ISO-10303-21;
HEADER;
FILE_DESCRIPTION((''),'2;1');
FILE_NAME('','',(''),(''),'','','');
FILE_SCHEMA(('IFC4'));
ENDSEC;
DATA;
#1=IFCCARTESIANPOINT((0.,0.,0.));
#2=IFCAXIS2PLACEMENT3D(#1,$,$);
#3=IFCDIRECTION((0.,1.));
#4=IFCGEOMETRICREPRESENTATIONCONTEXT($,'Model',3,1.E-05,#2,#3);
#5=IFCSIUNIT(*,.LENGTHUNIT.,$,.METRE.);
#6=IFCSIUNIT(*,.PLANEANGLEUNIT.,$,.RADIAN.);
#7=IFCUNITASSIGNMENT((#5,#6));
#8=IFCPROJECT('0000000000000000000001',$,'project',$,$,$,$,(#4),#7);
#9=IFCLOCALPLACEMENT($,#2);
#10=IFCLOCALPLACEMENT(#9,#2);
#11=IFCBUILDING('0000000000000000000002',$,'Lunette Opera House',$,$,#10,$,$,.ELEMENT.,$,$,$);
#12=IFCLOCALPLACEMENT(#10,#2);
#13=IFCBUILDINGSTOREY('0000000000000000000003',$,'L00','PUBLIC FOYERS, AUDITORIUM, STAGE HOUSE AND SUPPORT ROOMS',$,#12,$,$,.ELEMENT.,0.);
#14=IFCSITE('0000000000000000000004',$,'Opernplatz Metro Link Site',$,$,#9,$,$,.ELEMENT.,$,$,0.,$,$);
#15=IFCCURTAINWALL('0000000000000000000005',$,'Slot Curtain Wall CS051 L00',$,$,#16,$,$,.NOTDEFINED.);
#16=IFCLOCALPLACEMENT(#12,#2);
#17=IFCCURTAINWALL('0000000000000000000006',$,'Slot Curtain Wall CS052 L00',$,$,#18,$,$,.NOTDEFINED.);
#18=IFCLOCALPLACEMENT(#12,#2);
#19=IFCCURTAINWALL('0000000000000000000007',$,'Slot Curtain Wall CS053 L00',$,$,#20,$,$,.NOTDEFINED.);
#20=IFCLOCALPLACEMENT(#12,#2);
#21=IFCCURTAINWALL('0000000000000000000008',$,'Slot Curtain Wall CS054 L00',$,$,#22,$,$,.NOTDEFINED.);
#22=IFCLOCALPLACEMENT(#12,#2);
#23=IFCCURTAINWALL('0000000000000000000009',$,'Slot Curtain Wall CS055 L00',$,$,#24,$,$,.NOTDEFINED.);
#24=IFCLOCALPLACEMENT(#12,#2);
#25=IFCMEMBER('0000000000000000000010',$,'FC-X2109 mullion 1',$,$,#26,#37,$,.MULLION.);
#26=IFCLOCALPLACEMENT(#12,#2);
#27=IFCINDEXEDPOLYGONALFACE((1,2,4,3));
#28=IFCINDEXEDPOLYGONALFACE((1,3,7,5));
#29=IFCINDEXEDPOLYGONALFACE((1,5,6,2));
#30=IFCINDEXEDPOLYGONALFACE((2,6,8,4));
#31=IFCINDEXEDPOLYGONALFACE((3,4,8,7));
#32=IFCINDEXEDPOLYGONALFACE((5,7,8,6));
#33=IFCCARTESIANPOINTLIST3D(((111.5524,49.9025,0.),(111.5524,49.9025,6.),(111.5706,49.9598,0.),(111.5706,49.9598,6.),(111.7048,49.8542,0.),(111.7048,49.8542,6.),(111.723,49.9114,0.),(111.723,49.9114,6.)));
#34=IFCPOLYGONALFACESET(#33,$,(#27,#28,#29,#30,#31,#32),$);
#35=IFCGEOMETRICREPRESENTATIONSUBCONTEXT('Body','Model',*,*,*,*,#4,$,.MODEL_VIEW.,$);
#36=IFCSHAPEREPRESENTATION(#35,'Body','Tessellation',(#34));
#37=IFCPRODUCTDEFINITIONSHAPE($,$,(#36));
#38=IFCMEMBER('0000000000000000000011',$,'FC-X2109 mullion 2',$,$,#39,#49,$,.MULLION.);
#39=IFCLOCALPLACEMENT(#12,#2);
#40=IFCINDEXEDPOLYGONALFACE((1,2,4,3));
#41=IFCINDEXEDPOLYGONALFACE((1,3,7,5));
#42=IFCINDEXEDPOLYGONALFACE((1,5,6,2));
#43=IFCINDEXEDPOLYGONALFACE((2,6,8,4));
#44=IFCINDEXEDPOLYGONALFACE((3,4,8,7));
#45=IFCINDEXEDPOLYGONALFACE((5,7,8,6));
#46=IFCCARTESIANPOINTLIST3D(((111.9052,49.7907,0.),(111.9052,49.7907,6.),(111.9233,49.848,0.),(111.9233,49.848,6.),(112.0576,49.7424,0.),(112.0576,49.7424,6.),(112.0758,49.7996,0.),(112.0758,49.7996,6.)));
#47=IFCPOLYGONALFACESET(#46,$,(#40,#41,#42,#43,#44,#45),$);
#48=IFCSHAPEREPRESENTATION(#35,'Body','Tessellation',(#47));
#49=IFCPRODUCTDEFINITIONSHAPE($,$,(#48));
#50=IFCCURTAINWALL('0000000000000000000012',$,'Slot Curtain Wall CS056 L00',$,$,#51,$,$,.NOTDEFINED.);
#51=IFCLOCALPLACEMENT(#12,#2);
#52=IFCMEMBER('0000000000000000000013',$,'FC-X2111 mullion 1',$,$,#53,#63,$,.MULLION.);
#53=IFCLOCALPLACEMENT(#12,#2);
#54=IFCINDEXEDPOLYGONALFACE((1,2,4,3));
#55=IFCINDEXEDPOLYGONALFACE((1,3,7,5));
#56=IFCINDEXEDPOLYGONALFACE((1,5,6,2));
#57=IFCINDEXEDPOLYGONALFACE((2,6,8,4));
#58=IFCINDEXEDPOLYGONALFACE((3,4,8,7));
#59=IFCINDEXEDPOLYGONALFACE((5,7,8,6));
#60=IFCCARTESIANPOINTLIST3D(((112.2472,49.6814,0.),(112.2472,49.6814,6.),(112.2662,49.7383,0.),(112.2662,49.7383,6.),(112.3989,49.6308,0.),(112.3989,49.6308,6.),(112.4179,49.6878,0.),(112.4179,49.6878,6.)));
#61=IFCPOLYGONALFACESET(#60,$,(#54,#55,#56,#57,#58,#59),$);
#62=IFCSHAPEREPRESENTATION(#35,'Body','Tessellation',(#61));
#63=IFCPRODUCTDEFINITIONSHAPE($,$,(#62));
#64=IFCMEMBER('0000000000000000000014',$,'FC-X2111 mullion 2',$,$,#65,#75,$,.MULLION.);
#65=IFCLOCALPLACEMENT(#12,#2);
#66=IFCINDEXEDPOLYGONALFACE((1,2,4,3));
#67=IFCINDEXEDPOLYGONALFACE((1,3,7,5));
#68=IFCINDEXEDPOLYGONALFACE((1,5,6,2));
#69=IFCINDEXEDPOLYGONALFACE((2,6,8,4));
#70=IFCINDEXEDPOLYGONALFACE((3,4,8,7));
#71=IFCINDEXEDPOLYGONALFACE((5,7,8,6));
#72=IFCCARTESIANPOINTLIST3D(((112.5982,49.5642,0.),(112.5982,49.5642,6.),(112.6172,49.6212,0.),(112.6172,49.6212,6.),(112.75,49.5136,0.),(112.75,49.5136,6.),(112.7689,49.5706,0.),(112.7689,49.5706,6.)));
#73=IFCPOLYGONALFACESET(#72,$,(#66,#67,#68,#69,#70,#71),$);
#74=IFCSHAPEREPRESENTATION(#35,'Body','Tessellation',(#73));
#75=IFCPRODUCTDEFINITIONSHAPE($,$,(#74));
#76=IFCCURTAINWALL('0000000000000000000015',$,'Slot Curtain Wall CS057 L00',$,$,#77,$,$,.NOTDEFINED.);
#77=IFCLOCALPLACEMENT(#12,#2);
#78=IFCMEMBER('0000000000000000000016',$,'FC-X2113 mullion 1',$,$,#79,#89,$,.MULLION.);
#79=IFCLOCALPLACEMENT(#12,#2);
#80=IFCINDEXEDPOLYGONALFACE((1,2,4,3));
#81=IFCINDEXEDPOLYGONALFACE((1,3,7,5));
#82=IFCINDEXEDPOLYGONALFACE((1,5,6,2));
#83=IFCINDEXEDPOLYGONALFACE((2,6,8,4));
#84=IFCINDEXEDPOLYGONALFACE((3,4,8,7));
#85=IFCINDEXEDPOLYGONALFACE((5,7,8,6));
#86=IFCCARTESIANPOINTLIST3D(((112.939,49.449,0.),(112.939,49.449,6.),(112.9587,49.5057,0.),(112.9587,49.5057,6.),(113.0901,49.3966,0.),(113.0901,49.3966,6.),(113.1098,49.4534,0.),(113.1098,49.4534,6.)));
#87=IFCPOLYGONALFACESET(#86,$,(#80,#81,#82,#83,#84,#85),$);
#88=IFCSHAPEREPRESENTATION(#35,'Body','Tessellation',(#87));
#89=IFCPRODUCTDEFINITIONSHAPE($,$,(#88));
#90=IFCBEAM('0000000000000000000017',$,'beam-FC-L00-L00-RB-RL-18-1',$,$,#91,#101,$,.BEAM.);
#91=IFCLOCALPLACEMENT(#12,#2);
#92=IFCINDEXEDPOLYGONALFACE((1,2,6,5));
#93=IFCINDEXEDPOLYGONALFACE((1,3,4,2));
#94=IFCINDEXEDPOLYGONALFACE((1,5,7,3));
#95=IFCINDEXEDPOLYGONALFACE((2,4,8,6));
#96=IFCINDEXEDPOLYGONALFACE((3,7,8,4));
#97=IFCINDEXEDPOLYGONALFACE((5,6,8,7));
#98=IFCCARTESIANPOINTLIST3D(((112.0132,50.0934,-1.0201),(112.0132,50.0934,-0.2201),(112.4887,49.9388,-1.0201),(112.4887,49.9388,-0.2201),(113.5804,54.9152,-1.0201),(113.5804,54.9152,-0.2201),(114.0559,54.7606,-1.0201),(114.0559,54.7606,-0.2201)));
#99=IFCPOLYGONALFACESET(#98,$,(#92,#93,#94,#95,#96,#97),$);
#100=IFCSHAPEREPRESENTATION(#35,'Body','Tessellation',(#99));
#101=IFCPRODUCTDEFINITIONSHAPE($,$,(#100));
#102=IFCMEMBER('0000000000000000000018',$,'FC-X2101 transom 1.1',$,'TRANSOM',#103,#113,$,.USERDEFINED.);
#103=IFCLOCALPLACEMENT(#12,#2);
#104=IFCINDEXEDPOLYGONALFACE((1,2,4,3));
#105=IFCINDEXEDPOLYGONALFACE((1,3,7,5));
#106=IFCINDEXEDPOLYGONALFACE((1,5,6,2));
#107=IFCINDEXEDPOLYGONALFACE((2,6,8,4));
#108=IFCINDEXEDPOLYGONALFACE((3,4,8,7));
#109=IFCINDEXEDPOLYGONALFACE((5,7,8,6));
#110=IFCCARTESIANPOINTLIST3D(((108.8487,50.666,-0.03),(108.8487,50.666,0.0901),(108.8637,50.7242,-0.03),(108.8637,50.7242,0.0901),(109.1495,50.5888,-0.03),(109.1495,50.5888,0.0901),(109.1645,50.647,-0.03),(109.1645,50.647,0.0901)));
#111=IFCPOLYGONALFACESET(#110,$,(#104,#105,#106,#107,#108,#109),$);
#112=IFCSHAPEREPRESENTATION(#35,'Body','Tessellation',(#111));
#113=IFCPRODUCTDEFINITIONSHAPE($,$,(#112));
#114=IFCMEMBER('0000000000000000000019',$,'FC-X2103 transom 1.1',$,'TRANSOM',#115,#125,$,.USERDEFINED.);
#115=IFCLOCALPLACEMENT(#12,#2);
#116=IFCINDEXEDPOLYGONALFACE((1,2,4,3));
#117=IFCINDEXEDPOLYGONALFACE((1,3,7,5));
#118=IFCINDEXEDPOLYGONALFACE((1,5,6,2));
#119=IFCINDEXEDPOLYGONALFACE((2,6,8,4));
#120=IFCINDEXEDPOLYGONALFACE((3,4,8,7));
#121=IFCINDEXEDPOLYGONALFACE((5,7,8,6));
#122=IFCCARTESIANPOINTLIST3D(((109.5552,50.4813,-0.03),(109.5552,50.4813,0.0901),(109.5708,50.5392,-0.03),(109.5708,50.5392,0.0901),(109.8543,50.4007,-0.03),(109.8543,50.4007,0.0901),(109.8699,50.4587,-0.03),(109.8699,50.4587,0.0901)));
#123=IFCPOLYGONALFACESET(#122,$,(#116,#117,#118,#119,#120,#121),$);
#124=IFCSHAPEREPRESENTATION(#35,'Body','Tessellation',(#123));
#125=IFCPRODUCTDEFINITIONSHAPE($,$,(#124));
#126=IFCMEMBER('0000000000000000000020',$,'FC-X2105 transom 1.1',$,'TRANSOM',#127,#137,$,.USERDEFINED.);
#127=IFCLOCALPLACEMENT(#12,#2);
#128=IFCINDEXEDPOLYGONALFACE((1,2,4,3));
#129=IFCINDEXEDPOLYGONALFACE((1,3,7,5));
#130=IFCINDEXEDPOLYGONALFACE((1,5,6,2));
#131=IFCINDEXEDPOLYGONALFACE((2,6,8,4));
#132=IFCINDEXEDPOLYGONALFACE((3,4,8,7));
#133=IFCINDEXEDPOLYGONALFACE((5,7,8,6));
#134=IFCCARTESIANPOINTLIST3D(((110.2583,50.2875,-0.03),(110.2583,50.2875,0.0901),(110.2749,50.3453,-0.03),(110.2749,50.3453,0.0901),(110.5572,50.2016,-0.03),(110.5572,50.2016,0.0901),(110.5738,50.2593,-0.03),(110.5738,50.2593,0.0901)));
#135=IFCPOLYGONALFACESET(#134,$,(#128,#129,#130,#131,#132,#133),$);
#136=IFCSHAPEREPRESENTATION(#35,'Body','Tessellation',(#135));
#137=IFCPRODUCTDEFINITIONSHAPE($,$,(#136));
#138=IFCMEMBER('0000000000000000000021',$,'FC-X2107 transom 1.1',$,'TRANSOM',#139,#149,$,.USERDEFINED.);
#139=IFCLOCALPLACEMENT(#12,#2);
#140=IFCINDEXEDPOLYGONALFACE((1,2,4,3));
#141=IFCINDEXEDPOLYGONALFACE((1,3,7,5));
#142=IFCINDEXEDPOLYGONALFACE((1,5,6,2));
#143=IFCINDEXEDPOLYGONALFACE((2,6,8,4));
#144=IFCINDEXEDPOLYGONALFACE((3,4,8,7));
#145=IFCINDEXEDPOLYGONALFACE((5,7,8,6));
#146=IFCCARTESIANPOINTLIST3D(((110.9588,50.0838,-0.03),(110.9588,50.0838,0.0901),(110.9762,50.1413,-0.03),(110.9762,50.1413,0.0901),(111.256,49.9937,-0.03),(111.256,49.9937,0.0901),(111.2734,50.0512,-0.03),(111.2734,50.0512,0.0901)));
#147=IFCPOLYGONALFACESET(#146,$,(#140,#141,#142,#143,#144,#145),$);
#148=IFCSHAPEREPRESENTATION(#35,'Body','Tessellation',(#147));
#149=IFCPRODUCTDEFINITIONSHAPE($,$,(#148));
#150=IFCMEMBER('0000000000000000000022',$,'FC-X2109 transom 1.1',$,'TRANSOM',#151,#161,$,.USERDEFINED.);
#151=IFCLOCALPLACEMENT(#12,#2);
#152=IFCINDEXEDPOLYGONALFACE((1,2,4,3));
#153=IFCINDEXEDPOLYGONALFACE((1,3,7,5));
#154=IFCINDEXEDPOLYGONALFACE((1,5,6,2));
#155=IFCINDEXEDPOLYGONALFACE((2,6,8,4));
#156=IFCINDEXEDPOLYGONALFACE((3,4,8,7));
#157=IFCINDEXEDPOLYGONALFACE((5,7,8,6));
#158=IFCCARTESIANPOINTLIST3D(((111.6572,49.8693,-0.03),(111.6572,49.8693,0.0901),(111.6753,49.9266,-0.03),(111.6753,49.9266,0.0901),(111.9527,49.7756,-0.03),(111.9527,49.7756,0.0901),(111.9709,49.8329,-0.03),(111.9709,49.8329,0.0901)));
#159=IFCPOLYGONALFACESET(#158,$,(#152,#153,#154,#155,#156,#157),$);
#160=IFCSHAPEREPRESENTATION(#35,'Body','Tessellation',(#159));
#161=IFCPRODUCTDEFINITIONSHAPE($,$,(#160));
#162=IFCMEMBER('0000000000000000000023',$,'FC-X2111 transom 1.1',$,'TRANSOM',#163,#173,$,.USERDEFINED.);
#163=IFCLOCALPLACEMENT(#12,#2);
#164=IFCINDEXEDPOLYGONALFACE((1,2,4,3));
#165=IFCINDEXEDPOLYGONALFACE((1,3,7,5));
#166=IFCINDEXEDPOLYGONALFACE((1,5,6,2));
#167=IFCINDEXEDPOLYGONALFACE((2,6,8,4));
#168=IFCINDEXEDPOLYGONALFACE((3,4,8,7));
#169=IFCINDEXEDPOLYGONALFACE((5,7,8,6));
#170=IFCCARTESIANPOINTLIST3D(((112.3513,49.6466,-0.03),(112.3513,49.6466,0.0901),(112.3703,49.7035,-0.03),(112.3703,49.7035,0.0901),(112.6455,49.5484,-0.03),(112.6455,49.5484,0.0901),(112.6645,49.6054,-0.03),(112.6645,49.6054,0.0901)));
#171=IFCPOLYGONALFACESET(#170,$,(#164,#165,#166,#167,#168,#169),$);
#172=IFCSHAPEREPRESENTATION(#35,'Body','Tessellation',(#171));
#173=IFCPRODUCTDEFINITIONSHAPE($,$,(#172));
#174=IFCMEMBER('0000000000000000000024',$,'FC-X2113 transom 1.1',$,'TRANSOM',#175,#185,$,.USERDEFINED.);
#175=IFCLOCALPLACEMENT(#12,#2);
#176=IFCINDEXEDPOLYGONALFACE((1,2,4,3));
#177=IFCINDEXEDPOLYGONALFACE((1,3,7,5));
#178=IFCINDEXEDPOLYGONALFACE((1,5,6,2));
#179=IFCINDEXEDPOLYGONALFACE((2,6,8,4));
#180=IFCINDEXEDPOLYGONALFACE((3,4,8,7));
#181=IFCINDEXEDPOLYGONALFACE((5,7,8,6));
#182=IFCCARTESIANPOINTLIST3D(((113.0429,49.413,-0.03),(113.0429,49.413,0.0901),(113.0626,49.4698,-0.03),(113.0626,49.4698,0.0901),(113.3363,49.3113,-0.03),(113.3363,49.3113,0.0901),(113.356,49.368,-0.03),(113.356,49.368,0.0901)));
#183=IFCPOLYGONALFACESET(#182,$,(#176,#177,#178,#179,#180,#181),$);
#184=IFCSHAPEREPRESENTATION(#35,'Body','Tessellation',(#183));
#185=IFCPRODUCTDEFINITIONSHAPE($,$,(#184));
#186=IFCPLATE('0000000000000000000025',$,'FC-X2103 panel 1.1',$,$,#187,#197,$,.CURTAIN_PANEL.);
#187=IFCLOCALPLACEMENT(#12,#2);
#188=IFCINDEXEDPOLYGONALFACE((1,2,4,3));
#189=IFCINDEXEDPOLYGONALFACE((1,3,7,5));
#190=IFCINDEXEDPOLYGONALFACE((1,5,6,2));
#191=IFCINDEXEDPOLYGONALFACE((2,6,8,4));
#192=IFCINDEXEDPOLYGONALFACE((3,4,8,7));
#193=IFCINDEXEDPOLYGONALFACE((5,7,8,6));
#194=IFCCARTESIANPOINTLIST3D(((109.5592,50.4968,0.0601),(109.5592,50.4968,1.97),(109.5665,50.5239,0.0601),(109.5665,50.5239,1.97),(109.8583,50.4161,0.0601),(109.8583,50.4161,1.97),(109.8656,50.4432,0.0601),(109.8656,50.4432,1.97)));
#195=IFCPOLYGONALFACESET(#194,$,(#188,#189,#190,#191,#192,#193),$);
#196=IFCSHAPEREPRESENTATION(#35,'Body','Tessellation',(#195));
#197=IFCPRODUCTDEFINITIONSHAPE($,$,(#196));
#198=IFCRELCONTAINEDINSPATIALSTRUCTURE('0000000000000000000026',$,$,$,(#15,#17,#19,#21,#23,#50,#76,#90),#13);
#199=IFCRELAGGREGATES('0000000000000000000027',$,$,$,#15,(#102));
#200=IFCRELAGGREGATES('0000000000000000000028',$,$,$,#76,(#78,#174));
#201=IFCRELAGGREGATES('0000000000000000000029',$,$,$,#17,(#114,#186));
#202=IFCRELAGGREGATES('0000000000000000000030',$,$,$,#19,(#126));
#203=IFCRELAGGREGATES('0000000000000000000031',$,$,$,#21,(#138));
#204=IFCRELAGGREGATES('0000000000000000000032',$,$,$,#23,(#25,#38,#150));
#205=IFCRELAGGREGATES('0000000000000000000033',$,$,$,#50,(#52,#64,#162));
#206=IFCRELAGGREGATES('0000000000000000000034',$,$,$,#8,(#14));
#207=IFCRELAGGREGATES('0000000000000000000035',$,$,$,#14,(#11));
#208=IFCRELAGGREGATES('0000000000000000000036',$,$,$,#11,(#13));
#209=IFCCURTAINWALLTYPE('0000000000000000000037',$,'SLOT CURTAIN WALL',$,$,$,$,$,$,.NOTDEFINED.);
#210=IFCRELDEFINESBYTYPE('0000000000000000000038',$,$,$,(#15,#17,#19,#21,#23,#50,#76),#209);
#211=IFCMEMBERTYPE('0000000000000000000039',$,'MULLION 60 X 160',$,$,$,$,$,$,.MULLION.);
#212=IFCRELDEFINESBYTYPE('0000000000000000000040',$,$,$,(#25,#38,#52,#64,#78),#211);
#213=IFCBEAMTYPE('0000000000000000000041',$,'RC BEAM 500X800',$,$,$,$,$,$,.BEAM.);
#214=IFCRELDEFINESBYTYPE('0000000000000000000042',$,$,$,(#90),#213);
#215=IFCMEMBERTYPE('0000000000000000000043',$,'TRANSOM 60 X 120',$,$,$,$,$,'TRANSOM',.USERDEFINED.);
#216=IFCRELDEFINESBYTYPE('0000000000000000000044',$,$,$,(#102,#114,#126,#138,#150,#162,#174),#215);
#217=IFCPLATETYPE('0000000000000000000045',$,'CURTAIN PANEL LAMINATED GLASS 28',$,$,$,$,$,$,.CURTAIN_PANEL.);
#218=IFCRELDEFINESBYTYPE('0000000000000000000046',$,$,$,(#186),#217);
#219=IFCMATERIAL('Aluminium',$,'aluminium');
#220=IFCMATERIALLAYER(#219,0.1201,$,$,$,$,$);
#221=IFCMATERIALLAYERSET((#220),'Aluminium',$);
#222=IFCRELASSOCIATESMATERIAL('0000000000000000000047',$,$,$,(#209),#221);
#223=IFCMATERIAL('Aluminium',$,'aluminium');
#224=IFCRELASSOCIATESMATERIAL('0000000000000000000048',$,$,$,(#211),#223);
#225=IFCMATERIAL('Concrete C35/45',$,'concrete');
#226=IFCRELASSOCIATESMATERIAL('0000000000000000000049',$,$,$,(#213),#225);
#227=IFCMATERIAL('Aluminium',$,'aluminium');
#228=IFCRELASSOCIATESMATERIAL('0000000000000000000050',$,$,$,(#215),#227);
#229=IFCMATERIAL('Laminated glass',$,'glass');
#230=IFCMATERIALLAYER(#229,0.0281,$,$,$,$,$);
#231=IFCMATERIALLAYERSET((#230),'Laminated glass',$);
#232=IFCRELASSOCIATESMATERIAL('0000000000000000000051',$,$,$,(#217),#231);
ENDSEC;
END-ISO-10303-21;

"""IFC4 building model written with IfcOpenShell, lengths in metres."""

from ifc_helpers import new_model, si_unit, direction, frame, origin, origin_2d, place, context, subcontext, project, spatial, rectangle, extrude, material, layer, layer_set, material_profile, profile_set, type_object, element, aggregate, save


model = new_model("IFC4")

# Units and contexts
model_context = context("Model", 3, precision=1e-05, world=origin(), true_north=direction((0.0, 1.0)))
body_context = subcontext(model_context, "Body", "Model", "MODEL_VIEW")
ifc_project = project(units=[si_unit("LENGTHUNIT", "METRE"), si_unit("PLANEANGLEUNIT", "RADIAN")], contexts=[model_context])

# Site, building, storey
site_placement = place(None, origin())
site = spatial("IfcSite", under=ifc_project, at=site_placement, Name="Opernplatz Metro Link Site", CompositionType="ELEMENT", RefElevation=0.0)
building_placement = place(site_placement, origin())
building = spatial("IfcBuilding", under=site, at=building_placement, Name="Lunette Opera House", CompositionType="ELEMENT")
storey_placement = place(building_placement, origin())
storey = spatial("IfcBuildingStorey", under=building, at=storey_placement, Name="L00", Description="PUBLIC FOYERS, AUDITORIUM, STAGE HOUSE AND SUPPORT ROOMS", CompositionType="ELEMENT", Elevation=0.0)

# Shared definitions
ifc_material_1 = material(Name="Aluminium", Category="aluminium")
ifc_layer_1 = layer(ifc_material_1, 0.1201)
ifc_layer_set_1 = layer_set([ifc_layer_1], Name="Aluminium")
curtain_wall_type = type_object("IfcCurtainWallType", Name="SLOT CURTAIN WALL", PredefinedType="NOTDEFINED", material=ifc_layer_set_1)
ifc_material_2 = material(Name="Aluminium", Category="aluminium")
ifc_material_profile_1 = material_profile(ifc_material_2, rectangle(XDim=0.0601, YDim=0.1599, at=origin_2d()), Name="MULLION 60 X 160")
ifc_profile_set_1 = profile_set([ifc_material_profile_1], Name="Aluminium")
member_type_1 = type_object("IfcMemberType", Name="MULLION 60 X 160", PredefinedType="MULLION", material=ifc_profile_set_1)

# Curtain walls, members
curtain_wall_1_placement = place(storey_placement, origin())
curtain_wall_1 = element("IfcCurtainWall", 1, at=curtain_wall_1_placement, inside=storey, type_object=curtain_wall_type, Name="Slot Curtain Wall CS051 L00", PredefinedType="NOTDEFINED")
curtain_wall_2_placement = place(storey_placement, origin())
curtain_wall_2 = element("IfcCurtainWall", 2, at=curtain_wall_2_placement, inside=storey, type_object=curtain_wall_type, Name="Slot Curtain Wall CS052 L00", PredefinedType="NOTDEFINED")
curtain_wall_3_placement = place(storey_placement, origin())
curtain_wall_3 = element("IfcCurtainWall", 3, at=curtain_wall_3_placement, inside=storey, type_object=curtain_wall_type, Name="Slot Curtain Wall CS053 L00", PredefinedType="NOTDEFINED")
curtain_wall_4_placement = place(storey_placement, origin())
curtain_wall_4 = element("IfcCurtainWall", 4, at=curtain_wall_4_placement, inside=storey, type_object=curtain_wall_type, Name="Slot Curtain Wall CS054 L00", PredefinedType="NOTDEFINED")
curtain_wall_5_placement = place(storey_placement, origin())
curtain_wall_5 = element("IfcCurtainWall", 5, at=curtain_wall_5_placement, inside=storey, type_object=curtain_wall_type, Name="Slot Curtain Wall CS055 L00", PredefinedType="NOTDEFINED")
member_1_placement = place(storey_placement, frame((111.6377, 49.907, 0.0), z_axis=(0.0, 0.0, 1.0), x_axis=(0.302244, 0.953231, 0.0)))
member_1 = element("IfcMember", 6, at=member_1_placement, type_object=member_type_1, Name="FC-X2109 mullion 1", PredefinedType="MULLION", context=body_context, shape_type="SweptSolid", body=[
    extrude(rectangle(XDim=0.0601, YDim=0.1599, at=origin_2d()), origin(), (0.0, 0.0, 1.0), 6.0),
])
member_2_placement = place(storey_placement, frame((111.9905, 49.7952, 0.0), z_axis=(0.0, 0.0, 1.0), x_axis=(0.302244, 0.953231, 0.0)))
member_2 = element("IfcMember", 7, at=member_2_placement, type_object=member_type_1, Name="FC-X2109 mullion 2", PredefinedType="MULLION", context=body_context, shape_type="SweptSolid", body=[
    extrude(rectangle(XDim=0.0601, YDim=0.1599, at=origin_2d()), origin(), (0.0, 0.0, 1.0), 6.0),
])
curtain_wall_6_placement = place(storey_placement, origin())
curtain_wall_6 = element("IfcCurtainWall", 8, at=curtain_wall_6_placement, inside=storey, type_object=curtain_wall_type, Name="Slot Curtain Wall CS056 L00", PredefinedType="NOTDEFINED")
member_3_placement = place(storey_placement, frame((112.3325, 49.6846, 0.0), z_axis=(0.0, 0.0, 1.0), x_axis=(0.316228, 0.948683, 0.0)))
member_3 = element("IfcMember", 9, at=member_3_placement, type_object=member_type_1, Name="FC-X2111 mullion 1", PredefinedType="MULLION", context=body_context, shape_type="SweptSolid", body=[
    extrude(rectangle(XDim=0.0601, YDim=0.1599, at=origin_2d()), origin(), (0.0, 0.0, 1.0), 6.0),
])
member_4_placement = place(storey_placement, frame((112.6836, 49.5674, 0.0), z_axis=(0.0, 0.0, 1.0), x_axis=(0.316228, 0.948683, 0.0)))
member_4 = element("IfcMember", 10, at=member_4_placement, type_object=member_type_1, Name="FC-X2111 mullion 2", PredefinedType="MULLION", context=body_context, shape_type="SweptSolid", body=[
    extrude(rectangle(XDim=0.0601, YDim=0.1599, at=origin_2d()), origin(), (0.0, 0.0, 1.0), 6.0),
])

# Curtain wall, member
curtain_wall_7_placement = place(storey_placement, origin())
curtain_wall_7 = element("IfcCurtainWall", 11, at=curtain_wall_7_placement, inside=storey, type_object=curtain_wall_type, Name="Slot Curtain Wall CS057 L00", PredefinedType="NOTDEFINED")
member_5_placement = place(storey_placement, frame((113.0244, 49.4512, 0.0), z_axis=(0.0, 0.0, 1.0), x_axis=(0.32735, 0.944903, 0.0)))
member_5 = element("IfcMember", 12, at=member_5_placement, type_object=member_type_1, Name="FC-X2113 mullion 1", PredefinedType="MULLION", context=body_context, shape_type="SweptSolid", body=[
    extrude(rectangle(XDim=0.0601, YDim=0.1599, at=origin_2d()), origin(), (0.0, 0.0, 1.0), 6.0),
])

# Beam
ifc_material_3 = material(Name="Concrete C35/45", Category="concrete")
ifc_material_profile_2 = material_profile(ifc_material_3, rectangle(XDim=0.5, YDim=0.8, at=origin_2d()), Name="RC BEAM 500X800")
ifc_profile_set_2 = profile_set([ifc_material_profile_2], Name="Concrete C35/45")
beam_type = type_object("IfcBeamType", Name="RC BEAM 500X800", PredefinedType="BEAM", material=ifc_profile_set_2)
beam_placement = place(storey_placement, frame((112.251, 50.0161, -0.6201), z_axis=(0.309097, 0.951031, 0.0), x_axis=(-0.951031, 0.309097, 0.0)))
element("IfcBeam", 13, at=beam_placement, inside=storey, type_object=beam_type, Name="beam-FC-L00-L00-RB-RL-18-1", PredefinedType="BEAM", context=body_context, shape_type="SweptSolid", body=[
    extrude(rectangle(XDim=0.5, YDim=0.8, at=origin_2d()), origin(), (0.0, 0.0, 1.0), 5.0701),
])

# Members
ifc_material_4 = material(Name="Aluminium", Category="aluminium")
ifc_material_profile_3 = material_profile(ifc_material_4, rectangle(XDim=0.0601, YDim=0.1201, at=origin_2d()), Name="TRANSOM 60 X 120")
ifc_profile_set_3 = profile_set([ifc_material_profile_3], Name="Aluminium")
member_type_2 = type_object("IfcMemberType", Name="TRANSOM 60 X 120", ElementType="TRANSOM", PredefinedType="USERDEFINED", material=ifc_profile_set_3)
member_6_placement = place(storey_placement, frame((108.8562, 50.6951, 0.03), z_axis=(0.968644, -0.248451, 0.0), x_axis=(0.248451, 0.968644, 0.0)))
member_6 = element("IfcMember", 14, at=member_6_placement, type_object=member_type_2, Name="FC-X2101 transom 1.1", ObjectType="TRANSOM", PredefinedType="USERDEFINED", context=body_context, shape_type="SweptSolid", body=[
    extrude(rectangle(XDim=0.0601, YDim=0.1201, at=origin_2d()), origin(), (0.0, 0.0, 1.0), 0.3105),
])
aggregate(curtain_wall_1, [member_6])
member_7_placement = place(storey_placement, frame((109.563, 50.5103, 0.03), z_axis=(0.965578, -0.260115, 0.0), x_axis=(0.260115, 0.965578, 0.0)))
member_7 = element("IfcMember", 15, at=member_7_placement, type_object=member_type_2, Name="FC-X2103 transom 1.1", ObjectType="TRANSOM", PredefinedType="USERDEFINED", context=body_context, shape_type="SweptSolid", body=[
    extrude(rectangle(XDim=0.0601, YDim=0.1201, at=origin_2d()), origin(), (0.0, 0.0, 1.0), 0.3098),
])
member_8_placement = place(storey_placement, frame((110.2666, 50.3164, 0.03), z_axis=(0.961048, -0.27638, 0.0), x_axis=(0.27638, 0.961048, 0.0)))
member_8 = element("IfcMember", 16, at=member_8_placement, type_object=member_type_2, Name="FC-X2105 transom 1.1", ObjectType="TRANSOM", PredefinedType="USERDEFINED", context=body_context, shape_type="SweptSolid", body=[
    extrude(rectangle(XDim=0.0601, YDim=0.1201, at=origin_2d()), origin(), (0.0, 0.0, 1.0), 0.311),
])
member_9_placement = place(storey_placement, frame((110.9675, 50.1125, 0.03), z_axis=(0.956978, -0.29016, 0.0), x_axis=(0.29016, 0.956978, 0.0)))
member_9 = element("IfcMember", 17, at=member_9_placement, type_object=member_type_2, Name="FC-X2107 transom 1.1", ObjectType="TRANSOM", PredefinedType="USERDEFINED", context=body_context, shape_type="SweptSolid", body=[
    extrude(rectangle(XDim=0.0601, YDim=0.1201, at=origin_2d()), origin(), (0.0, 0.0, 1.0), 0.3105),
])
member_10_placement = place(storey_placement, frame((111.6663, 49.8979, 0.03), z_axis=(0.953225, -0.302261, 0.0), x_axis=(0.302261, 0.953225, 0.0)))
member_10 = element("IfcMember", 18, at=member_10_placement, type_object=member_type_2, Name="FC-X2109 transom 1.1", ObjectType="TRANSOM", PredefinedType="USERDEFINED", context=body_context, shape_type="SweptSolid", body=[
    extrude(rectangle(XDim=0.0601, YDim=0.1201, at=origin_2d()), origin(), (0.0, 0.0, 1.0), 0.3101),
])
member_11_placement = place(storey_placement, frame((112.3608, 49.675, 0.03), z_axis=(0.948605, -0.316464, 0.0), x_axis=(0.316464, 0.948605, 0.0)))
member_11 = element("IfcMember", 19, at=member_11_placement, type_object=member_type_2, Name="FC-X2111 transom 1.1", ObjectType="TRANSOM", PredefinedType="USERDEFINED", context=body_context, shape_type="SweptSolid", body=[
    extrude(rectangle(XDim=0.0601, YDim=0.1201, at=origin_2d()), origin(), (0.0, 0.0, 1.0), 0.3101),
])
member_12_placement = place(storey_placement, frame((113.0527, 49.4414, 0.03), z_axis=(0.944762, -0.327758, 0.0), x_axis=(0.327758, 0.944762, 0.0)))
member_12 = element("IfcMember", 20, at=member_12_placement, type_object=member_type_2, Name="FC-X2113 transom 1.1", ObjectType="TRANSOM", PredefinedType="USERDEFINED", context=body_context, shape_type="SweptSolid", body=[
    extrude(rectangle(XDim=0.0601, YDim=0.1201, at=origin_2d()), origin(), (0.0, 0.0, 1.0), 0.3105),
])
aggregate(curtain_wall_7, [member_5, member_12])

# Plate
ifc_material_5 = material(Name="Laminated glass", Category="glass")
ifc_layer_2 = layer(ifc_material_5, 0.0281)
ifc_layer_set_2 = layer_set([ifc_layer_2], Name="Laminated glass")
plate_type = type_object("IfcPlateType", Name="CURTAIN PANEL LAMINATED GLASS 28", PredefinedType="CURTAIN_PANEL", material=ifc_layer_set_2)
plate_1_placement = place(storey_placement, frame((109.7124, 50.47, 0.0601), z_axis=(0.0, 0.0, 1.0), x_axis=(0.965458, -0.260557, 0.0)))
plate_1 = element("IfcPlate", 21, at=plate_1_placement, type_object=plate_type, Name="FC-X2103 panel 1.1", PredefinedType="CURTAIN_PANEL", context=body_context, shape_type="SweptSolid", body=[
    extrude(rectangle(XDim=0.3098, YDim=0.0281, at=origin_2d()), origin(), (0.0, 0.0, 1.0), 1.9099),
])
aggregate(curtain_wall_2, [member_7, plate_1])
aggregate(curtain_wall_3, [member_8])
aggregate(curtain_wall_4, [member_9])
aggregate(curtain_wall_5, [member_1, member_2, member_10])
aggregate(curtain_wall_6, [member_3, member_4, member_11])

save(model, "model.ifc")
